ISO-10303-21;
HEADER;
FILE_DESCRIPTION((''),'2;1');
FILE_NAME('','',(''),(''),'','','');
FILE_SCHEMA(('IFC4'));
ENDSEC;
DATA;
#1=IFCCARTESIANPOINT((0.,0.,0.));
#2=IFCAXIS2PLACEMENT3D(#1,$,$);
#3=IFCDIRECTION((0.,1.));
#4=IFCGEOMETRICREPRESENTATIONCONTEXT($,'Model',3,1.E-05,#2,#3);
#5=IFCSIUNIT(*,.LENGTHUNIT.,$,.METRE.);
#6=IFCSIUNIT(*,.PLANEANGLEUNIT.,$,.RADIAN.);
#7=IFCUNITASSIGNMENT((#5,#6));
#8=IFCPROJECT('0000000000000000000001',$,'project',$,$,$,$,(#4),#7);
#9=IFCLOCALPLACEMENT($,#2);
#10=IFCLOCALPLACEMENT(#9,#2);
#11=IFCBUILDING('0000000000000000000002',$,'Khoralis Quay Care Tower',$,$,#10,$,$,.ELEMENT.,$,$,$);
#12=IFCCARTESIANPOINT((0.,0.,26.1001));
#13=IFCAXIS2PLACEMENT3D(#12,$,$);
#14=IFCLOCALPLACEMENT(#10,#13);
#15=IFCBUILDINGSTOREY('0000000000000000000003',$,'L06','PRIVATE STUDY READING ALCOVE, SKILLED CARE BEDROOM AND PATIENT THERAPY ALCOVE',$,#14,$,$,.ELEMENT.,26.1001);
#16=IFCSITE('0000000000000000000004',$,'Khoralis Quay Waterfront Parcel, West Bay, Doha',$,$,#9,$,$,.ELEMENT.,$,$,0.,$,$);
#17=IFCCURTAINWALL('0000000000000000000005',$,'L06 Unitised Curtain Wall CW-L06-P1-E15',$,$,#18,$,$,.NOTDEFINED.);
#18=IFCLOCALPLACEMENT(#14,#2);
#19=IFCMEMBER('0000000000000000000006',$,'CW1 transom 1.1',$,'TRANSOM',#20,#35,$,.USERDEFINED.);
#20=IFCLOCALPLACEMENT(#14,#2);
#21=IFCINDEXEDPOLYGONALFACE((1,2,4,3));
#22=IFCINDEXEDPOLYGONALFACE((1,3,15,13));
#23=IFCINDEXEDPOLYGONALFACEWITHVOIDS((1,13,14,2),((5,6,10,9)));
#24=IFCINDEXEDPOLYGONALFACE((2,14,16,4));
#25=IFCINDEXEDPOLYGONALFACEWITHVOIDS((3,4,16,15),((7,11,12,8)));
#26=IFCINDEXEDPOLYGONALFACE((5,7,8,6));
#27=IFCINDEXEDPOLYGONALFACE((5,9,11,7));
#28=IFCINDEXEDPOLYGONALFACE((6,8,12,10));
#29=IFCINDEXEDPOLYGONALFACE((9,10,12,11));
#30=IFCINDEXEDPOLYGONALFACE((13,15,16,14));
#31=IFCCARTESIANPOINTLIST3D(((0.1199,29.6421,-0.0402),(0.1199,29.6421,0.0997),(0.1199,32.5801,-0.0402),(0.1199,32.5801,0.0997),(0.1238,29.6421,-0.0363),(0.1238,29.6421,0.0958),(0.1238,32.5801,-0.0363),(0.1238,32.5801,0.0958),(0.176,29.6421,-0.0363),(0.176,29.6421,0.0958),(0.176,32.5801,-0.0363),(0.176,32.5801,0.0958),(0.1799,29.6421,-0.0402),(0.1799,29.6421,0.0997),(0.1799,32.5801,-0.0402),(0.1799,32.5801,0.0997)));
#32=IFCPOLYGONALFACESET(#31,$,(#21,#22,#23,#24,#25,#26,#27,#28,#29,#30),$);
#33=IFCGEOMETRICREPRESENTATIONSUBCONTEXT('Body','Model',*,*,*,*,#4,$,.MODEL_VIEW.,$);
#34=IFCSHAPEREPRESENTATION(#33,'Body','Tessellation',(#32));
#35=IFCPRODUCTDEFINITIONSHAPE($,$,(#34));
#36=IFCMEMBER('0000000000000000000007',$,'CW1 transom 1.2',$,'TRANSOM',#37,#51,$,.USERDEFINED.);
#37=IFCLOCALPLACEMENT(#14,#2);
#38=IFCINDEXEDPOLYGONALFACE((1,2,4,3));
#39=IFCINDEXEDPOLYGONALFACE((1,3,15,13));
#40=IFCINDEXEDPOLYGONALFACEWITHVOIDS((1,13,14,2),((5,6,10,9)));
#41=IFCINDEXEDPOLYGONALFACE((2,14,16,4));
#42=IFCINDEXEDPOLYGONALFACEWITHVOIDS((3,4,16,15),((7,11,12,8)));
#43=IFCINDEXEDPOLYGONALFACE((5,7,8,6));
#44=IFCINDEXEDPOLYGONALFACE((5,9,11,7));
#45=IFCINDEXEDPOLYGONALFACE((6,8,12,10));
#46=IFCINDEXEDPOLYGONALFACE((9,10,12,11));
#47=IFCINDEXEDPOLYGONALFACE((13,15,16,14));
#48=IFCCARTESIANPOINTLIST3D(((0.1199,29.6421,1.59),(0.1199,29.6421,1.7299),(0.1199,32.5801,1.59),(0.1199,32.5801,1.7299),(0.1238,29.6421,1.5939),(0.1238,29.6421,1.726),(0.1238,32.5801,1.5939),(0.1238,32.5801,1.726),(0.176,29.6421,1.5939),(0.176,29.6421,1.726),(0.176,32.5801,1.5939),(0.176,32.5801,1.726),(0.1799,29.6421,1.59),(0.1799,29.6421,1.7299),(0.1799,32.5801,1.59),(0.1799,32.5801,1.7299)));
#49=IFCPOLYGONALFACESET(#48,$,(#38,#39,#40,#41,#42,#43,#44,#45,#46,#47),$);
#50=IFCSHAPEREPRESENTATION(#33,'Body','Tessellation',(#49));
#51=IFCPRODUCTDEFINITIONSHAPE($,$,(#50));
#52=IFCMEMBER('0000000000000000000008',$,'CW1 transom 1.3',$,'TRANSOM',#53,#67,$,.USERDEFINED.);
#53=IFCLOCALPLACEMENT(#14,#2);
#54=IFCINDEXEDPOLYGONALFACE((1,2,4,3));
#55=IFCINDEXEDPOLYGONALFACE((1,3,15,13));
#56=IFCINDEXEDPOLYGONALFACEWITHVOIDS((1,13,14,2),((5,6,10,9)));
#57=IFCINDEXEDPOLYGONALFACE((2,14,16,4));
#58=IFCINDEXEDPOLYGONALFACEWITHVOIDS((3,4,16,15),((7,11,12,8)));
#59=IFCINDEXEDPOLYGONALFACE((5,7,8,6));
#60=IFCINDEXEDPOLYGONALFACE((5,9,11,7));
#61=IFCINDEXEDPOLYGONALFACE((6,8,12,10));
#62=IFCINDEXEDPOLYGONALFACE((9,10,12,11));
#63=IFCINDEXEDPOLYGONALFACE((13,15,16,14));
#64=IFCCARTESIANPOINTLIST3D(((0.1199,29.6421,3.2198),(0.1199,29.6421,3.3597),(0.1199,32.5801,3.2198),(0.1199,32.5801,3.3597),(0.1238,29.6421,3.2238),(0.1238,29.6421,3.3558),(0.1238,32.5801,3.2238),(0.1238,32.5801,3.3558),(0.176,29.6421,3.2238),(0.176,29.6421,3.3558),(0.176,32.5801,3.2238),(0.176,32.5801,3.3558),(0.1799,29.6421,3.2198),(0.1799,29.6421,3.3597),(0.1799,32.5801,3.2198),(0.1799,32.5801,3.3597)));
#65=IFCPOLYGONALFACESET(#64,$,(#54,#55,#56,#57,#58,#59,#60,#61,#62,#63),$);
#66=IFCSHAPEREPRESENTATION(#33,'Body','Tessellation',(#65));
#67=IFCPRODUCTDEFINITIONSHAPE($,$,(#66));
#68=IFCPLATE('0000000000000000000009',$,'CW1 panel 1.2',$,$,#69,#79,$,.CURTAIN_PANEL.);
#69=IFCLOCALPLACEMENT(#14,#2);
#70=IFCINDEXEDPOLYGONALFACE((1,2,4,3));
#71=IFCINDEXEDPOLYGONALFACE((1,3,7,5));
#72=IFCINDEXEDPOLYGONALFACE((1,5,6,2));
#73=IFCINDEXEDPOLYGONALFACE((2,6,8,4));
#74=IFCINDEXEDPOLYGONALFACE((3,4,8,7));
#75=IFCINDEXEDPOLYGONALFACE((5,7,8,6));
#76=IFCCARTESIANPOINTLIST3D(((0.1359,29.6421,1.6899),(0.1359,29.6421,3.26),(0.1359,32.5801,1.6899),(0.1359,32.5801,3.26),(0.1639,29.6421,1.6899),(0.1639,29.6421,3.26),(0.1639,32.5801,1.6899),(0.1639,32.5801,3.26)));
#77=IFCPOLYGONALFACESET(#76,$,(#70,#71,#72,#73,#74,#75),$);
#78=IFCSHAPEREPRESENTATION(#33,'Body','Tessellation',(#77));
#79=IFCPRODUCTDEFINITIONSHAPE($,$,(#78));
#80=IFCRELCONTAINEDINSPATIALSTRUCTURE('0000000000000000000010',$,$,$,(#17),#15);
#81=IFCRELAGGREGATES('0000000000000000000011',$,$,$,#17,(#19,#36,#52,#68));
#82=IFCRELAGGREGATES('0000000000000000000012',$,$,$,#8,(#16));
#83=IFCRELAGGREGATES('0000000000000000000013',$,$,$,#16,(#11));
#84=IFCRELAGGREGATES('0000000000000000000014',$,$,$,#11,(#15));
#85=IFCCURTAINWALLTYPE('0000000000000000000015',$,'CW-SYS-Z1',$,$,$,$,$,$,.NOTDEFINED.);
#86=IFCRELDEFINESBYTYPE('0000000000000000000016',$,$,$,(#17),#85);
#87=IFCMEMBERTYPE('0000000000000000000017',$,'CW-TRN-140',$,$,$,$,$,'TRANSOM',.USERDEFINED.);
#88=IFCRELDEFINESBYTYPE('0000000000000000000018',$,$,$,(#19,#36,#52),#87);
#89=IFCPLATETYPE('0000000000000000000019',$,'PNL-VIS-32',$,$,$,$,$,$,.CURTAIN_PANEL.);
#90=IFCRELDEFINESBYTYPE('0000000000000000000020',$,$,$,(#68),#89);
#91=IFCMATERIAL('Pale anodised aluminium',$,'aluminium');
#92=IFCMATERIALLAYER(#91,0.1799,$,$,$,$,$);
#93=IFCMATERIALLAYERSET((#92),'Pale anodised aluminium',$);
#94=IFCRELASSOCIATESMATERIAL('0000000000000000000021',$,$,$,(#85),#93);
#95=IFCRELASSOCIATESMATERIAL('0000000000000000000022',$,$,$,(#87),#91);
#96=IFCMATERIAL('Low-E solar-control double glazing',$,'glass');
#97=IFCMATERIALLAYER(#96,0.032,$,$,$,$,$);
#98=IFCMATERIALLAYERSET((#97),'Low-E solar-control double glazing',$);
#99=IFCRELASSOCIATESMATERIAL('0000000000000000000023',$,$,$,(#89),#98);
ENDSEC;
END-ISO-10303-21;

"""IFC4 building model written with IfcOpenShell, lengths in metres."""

from ifc_helpers import new_model, si_unit, direction, frame, origin, origin_2d, place, context, subcontext, project, spatial, rectangle, hollow_rectangle, extrude, source, transform, mapped, material, layer, layer_set, material_profile, profile_set, type_object, element, aggregate, save


model = new_model("IFC4")

# Units and contexts
model_context = context("Model", 3, precision=1e-05, world=origin(), true_north=direction((0.0, 1.0)))
body_context = subcontext(model_context, "Body", "Model", "MODEL_VIEW")
ifc_project = project(units=[si_unit("LENGTHUNIT", "METRE"), si_unit("PLANEANGLEUNIT", "RADIAN")], contexts=[model_context])

# Site, building, storey
site_placement = place(None, origin())
site = spatial("IfcSite", under=ifc_project, at=site_placement, Name="Khoralis Quay Waterfront Parcel, West Bay, Doha", CompositionType="ELEMENT", RefElevation=0.0)
building_placement = place(site_placement, origin())
building = spatial("IfcBuilding", under=site, at=building_placement, Name="Khoralis Quay Care Tower", CompositionType="ELEMENT")
storey_placement = place(building_placement, frame((0.0, 0.0, 26.1001)))
storey = spatial("IfcBuildingStorey", under=building, at=storey_placement, Name="L06", Description="PRIVATE STUDY READING ALCOVE, SKILLED CARE BEDROOM AND PATIENT THERAPY ALCOVE", CompositionType="ELEMENT", Elevation=26.1001)

# Curtain wall, members, plate
ifc_material_1 = material(Name="Pale anodised aluminium", Category="aluminium")
ifc_layer_1 = layer(ifc_material_1, 0.1799)
ifc_layer_set_1 = layer_set([ifc_layer_1], Name="Pale anodised aluminium")
curtain_wall_type = type_object("IfcCurtainWallType", Name="CW-SYS-Z1", PredefinedType="NOTDEFINED", material=ifc_layer_set_1)
curtain_wall_placement = place(storey_placement, origin())
curtain_wall = element("IfcCurtainWall", 1, at=curtain_wall_placement, inside=storey, type_object=curtain_wall_type, Name="L06 Unitised Curtain Wall CW-L06-P1-E15", PredefinedType="NOTDEFINED")
ifc_material_profile_1 = material_profile(ifc_material_1, hollow_rectangle(XDim=0.0601, YDim=0.1399, WallThickness=0.0039, at=origin_2d()), Name="Pale anodised aluminium")
ifc_profile_set_1 = profile_set([ifc_material_profile_1], Name="Pale anodised aluminium")
member_type_1 = type_object("IfcMemberType", Name="CW-TRN-140", ElementType="TRANSOM", PredefinedType="USERDEFINED", material=ifc_profile_set_1)
shared_shape_1 = source(origin(), body_context, "Body", "SweptSolid", [
    extrude(hollow_rectangle(XDim=0.0601, YDim=0.1399, WallThickness=0.0039, at=origin_2d()), origin(), (0.0, 0.0, 1.0), 2.938),
])
member_1_placement = place(storey_placement, frame((0.1499, 32.5801, 0.0298), z_axis=(0.0, -1.0, 0.0), x_axis=(1.0, 0.0, 0.0)))
member_1 = element("IfcMember", 2, at=member_1_placement, type_object=member_type_1, Name="CW1 transom 1.1", ObjectType="TRANSOM", PredefinedType="USERDEFINED", context=body_context, shape_type="MappedRepresentation", body=[
    mapped(shared_shape_1, transform((0.0, 0.0, 0.0), scale=1.0)),
])
member_2_placement = place(storey_placement, frame((0.1499, 32.5801, 1.6599), z_axis=(0.0, -1.0, 0.0), x_axis=(1.0, 0.0, 0.0)))
member_2 = element("IfcMember", 3, at=member_2_placement, type_object=member_type_1, Name="CW1 transom 1.2", ObjectType="TRANSOM", PredefinedType="USERDEFINED", context=body_context, shape_type="MappedRepresentation", body=[
    mapped(shared_shape_1, transform((0.0, 0.0, 0.0), scale=1.0)),
])
member_3_placement = place(storey_placement, frame((0.1499, 32.5801, 3.2898), z_axis=(0.0, -1.0, 0.0), x_axis=(1.0, 0.0, 0.0)))
member_3 = element("IfcMember", 4, at=member_3_placement, type_object=member_type_1, Name="CW1 transom 1.3", ObjectType="TRANSOM", PredefinedType="USERDEFINED", context=body_context, shape_type="MappedRepresentation", body=[
    mapped(shared_shape_1, transform((0.0, 0.0, 0.0), scale=1.0)),
])
ifc_material_2 = material(Name="Low-E solar-control double glazing", Category="glass")
ifc_layer_2 = layer(ifc_material_2, 0.032)
ifc_layer_set_2 = layer_set([ifc_layer_2], Name="Low-E solar-control double glazing")
plate_type = type_object("IfcPlateType", Name="PNL-VIS-32", PredefinedType="CURTAIN_PANEL", material=ifc_layer_set_2)
shared_shape_2 = source(origin(), body_context, "Body", "SweptSolid", [
    extrude(rectangle(XDim=2.938, YDim=0.0281, at=origin_2d()), origin(), (0.0, 0.0, 1.0), 1.5701),
])
plate_placement = place(storey_placement, frame((0.1499, 31.1111, 1.6899), z_axis=(0.0, 0.0, 1.0), x_axis=(0.0, -1.0, 0.0)))
plate = element("IfcPlate", 5, at=plate_placement, type_object=plate_type, Name="CW1 panel 1.2", PredefinedType="CURTAIN_PANEL", context=body_context, shape_type="MappedRepresentation", body=[
    mapped(shared_shape_2, transform((0.0, 0.0, 0.0), scale=1.0)),
])
aggregate(curtain_wall, [member_1, member_2, member_3, plate])

save(model, "model.ifc")
